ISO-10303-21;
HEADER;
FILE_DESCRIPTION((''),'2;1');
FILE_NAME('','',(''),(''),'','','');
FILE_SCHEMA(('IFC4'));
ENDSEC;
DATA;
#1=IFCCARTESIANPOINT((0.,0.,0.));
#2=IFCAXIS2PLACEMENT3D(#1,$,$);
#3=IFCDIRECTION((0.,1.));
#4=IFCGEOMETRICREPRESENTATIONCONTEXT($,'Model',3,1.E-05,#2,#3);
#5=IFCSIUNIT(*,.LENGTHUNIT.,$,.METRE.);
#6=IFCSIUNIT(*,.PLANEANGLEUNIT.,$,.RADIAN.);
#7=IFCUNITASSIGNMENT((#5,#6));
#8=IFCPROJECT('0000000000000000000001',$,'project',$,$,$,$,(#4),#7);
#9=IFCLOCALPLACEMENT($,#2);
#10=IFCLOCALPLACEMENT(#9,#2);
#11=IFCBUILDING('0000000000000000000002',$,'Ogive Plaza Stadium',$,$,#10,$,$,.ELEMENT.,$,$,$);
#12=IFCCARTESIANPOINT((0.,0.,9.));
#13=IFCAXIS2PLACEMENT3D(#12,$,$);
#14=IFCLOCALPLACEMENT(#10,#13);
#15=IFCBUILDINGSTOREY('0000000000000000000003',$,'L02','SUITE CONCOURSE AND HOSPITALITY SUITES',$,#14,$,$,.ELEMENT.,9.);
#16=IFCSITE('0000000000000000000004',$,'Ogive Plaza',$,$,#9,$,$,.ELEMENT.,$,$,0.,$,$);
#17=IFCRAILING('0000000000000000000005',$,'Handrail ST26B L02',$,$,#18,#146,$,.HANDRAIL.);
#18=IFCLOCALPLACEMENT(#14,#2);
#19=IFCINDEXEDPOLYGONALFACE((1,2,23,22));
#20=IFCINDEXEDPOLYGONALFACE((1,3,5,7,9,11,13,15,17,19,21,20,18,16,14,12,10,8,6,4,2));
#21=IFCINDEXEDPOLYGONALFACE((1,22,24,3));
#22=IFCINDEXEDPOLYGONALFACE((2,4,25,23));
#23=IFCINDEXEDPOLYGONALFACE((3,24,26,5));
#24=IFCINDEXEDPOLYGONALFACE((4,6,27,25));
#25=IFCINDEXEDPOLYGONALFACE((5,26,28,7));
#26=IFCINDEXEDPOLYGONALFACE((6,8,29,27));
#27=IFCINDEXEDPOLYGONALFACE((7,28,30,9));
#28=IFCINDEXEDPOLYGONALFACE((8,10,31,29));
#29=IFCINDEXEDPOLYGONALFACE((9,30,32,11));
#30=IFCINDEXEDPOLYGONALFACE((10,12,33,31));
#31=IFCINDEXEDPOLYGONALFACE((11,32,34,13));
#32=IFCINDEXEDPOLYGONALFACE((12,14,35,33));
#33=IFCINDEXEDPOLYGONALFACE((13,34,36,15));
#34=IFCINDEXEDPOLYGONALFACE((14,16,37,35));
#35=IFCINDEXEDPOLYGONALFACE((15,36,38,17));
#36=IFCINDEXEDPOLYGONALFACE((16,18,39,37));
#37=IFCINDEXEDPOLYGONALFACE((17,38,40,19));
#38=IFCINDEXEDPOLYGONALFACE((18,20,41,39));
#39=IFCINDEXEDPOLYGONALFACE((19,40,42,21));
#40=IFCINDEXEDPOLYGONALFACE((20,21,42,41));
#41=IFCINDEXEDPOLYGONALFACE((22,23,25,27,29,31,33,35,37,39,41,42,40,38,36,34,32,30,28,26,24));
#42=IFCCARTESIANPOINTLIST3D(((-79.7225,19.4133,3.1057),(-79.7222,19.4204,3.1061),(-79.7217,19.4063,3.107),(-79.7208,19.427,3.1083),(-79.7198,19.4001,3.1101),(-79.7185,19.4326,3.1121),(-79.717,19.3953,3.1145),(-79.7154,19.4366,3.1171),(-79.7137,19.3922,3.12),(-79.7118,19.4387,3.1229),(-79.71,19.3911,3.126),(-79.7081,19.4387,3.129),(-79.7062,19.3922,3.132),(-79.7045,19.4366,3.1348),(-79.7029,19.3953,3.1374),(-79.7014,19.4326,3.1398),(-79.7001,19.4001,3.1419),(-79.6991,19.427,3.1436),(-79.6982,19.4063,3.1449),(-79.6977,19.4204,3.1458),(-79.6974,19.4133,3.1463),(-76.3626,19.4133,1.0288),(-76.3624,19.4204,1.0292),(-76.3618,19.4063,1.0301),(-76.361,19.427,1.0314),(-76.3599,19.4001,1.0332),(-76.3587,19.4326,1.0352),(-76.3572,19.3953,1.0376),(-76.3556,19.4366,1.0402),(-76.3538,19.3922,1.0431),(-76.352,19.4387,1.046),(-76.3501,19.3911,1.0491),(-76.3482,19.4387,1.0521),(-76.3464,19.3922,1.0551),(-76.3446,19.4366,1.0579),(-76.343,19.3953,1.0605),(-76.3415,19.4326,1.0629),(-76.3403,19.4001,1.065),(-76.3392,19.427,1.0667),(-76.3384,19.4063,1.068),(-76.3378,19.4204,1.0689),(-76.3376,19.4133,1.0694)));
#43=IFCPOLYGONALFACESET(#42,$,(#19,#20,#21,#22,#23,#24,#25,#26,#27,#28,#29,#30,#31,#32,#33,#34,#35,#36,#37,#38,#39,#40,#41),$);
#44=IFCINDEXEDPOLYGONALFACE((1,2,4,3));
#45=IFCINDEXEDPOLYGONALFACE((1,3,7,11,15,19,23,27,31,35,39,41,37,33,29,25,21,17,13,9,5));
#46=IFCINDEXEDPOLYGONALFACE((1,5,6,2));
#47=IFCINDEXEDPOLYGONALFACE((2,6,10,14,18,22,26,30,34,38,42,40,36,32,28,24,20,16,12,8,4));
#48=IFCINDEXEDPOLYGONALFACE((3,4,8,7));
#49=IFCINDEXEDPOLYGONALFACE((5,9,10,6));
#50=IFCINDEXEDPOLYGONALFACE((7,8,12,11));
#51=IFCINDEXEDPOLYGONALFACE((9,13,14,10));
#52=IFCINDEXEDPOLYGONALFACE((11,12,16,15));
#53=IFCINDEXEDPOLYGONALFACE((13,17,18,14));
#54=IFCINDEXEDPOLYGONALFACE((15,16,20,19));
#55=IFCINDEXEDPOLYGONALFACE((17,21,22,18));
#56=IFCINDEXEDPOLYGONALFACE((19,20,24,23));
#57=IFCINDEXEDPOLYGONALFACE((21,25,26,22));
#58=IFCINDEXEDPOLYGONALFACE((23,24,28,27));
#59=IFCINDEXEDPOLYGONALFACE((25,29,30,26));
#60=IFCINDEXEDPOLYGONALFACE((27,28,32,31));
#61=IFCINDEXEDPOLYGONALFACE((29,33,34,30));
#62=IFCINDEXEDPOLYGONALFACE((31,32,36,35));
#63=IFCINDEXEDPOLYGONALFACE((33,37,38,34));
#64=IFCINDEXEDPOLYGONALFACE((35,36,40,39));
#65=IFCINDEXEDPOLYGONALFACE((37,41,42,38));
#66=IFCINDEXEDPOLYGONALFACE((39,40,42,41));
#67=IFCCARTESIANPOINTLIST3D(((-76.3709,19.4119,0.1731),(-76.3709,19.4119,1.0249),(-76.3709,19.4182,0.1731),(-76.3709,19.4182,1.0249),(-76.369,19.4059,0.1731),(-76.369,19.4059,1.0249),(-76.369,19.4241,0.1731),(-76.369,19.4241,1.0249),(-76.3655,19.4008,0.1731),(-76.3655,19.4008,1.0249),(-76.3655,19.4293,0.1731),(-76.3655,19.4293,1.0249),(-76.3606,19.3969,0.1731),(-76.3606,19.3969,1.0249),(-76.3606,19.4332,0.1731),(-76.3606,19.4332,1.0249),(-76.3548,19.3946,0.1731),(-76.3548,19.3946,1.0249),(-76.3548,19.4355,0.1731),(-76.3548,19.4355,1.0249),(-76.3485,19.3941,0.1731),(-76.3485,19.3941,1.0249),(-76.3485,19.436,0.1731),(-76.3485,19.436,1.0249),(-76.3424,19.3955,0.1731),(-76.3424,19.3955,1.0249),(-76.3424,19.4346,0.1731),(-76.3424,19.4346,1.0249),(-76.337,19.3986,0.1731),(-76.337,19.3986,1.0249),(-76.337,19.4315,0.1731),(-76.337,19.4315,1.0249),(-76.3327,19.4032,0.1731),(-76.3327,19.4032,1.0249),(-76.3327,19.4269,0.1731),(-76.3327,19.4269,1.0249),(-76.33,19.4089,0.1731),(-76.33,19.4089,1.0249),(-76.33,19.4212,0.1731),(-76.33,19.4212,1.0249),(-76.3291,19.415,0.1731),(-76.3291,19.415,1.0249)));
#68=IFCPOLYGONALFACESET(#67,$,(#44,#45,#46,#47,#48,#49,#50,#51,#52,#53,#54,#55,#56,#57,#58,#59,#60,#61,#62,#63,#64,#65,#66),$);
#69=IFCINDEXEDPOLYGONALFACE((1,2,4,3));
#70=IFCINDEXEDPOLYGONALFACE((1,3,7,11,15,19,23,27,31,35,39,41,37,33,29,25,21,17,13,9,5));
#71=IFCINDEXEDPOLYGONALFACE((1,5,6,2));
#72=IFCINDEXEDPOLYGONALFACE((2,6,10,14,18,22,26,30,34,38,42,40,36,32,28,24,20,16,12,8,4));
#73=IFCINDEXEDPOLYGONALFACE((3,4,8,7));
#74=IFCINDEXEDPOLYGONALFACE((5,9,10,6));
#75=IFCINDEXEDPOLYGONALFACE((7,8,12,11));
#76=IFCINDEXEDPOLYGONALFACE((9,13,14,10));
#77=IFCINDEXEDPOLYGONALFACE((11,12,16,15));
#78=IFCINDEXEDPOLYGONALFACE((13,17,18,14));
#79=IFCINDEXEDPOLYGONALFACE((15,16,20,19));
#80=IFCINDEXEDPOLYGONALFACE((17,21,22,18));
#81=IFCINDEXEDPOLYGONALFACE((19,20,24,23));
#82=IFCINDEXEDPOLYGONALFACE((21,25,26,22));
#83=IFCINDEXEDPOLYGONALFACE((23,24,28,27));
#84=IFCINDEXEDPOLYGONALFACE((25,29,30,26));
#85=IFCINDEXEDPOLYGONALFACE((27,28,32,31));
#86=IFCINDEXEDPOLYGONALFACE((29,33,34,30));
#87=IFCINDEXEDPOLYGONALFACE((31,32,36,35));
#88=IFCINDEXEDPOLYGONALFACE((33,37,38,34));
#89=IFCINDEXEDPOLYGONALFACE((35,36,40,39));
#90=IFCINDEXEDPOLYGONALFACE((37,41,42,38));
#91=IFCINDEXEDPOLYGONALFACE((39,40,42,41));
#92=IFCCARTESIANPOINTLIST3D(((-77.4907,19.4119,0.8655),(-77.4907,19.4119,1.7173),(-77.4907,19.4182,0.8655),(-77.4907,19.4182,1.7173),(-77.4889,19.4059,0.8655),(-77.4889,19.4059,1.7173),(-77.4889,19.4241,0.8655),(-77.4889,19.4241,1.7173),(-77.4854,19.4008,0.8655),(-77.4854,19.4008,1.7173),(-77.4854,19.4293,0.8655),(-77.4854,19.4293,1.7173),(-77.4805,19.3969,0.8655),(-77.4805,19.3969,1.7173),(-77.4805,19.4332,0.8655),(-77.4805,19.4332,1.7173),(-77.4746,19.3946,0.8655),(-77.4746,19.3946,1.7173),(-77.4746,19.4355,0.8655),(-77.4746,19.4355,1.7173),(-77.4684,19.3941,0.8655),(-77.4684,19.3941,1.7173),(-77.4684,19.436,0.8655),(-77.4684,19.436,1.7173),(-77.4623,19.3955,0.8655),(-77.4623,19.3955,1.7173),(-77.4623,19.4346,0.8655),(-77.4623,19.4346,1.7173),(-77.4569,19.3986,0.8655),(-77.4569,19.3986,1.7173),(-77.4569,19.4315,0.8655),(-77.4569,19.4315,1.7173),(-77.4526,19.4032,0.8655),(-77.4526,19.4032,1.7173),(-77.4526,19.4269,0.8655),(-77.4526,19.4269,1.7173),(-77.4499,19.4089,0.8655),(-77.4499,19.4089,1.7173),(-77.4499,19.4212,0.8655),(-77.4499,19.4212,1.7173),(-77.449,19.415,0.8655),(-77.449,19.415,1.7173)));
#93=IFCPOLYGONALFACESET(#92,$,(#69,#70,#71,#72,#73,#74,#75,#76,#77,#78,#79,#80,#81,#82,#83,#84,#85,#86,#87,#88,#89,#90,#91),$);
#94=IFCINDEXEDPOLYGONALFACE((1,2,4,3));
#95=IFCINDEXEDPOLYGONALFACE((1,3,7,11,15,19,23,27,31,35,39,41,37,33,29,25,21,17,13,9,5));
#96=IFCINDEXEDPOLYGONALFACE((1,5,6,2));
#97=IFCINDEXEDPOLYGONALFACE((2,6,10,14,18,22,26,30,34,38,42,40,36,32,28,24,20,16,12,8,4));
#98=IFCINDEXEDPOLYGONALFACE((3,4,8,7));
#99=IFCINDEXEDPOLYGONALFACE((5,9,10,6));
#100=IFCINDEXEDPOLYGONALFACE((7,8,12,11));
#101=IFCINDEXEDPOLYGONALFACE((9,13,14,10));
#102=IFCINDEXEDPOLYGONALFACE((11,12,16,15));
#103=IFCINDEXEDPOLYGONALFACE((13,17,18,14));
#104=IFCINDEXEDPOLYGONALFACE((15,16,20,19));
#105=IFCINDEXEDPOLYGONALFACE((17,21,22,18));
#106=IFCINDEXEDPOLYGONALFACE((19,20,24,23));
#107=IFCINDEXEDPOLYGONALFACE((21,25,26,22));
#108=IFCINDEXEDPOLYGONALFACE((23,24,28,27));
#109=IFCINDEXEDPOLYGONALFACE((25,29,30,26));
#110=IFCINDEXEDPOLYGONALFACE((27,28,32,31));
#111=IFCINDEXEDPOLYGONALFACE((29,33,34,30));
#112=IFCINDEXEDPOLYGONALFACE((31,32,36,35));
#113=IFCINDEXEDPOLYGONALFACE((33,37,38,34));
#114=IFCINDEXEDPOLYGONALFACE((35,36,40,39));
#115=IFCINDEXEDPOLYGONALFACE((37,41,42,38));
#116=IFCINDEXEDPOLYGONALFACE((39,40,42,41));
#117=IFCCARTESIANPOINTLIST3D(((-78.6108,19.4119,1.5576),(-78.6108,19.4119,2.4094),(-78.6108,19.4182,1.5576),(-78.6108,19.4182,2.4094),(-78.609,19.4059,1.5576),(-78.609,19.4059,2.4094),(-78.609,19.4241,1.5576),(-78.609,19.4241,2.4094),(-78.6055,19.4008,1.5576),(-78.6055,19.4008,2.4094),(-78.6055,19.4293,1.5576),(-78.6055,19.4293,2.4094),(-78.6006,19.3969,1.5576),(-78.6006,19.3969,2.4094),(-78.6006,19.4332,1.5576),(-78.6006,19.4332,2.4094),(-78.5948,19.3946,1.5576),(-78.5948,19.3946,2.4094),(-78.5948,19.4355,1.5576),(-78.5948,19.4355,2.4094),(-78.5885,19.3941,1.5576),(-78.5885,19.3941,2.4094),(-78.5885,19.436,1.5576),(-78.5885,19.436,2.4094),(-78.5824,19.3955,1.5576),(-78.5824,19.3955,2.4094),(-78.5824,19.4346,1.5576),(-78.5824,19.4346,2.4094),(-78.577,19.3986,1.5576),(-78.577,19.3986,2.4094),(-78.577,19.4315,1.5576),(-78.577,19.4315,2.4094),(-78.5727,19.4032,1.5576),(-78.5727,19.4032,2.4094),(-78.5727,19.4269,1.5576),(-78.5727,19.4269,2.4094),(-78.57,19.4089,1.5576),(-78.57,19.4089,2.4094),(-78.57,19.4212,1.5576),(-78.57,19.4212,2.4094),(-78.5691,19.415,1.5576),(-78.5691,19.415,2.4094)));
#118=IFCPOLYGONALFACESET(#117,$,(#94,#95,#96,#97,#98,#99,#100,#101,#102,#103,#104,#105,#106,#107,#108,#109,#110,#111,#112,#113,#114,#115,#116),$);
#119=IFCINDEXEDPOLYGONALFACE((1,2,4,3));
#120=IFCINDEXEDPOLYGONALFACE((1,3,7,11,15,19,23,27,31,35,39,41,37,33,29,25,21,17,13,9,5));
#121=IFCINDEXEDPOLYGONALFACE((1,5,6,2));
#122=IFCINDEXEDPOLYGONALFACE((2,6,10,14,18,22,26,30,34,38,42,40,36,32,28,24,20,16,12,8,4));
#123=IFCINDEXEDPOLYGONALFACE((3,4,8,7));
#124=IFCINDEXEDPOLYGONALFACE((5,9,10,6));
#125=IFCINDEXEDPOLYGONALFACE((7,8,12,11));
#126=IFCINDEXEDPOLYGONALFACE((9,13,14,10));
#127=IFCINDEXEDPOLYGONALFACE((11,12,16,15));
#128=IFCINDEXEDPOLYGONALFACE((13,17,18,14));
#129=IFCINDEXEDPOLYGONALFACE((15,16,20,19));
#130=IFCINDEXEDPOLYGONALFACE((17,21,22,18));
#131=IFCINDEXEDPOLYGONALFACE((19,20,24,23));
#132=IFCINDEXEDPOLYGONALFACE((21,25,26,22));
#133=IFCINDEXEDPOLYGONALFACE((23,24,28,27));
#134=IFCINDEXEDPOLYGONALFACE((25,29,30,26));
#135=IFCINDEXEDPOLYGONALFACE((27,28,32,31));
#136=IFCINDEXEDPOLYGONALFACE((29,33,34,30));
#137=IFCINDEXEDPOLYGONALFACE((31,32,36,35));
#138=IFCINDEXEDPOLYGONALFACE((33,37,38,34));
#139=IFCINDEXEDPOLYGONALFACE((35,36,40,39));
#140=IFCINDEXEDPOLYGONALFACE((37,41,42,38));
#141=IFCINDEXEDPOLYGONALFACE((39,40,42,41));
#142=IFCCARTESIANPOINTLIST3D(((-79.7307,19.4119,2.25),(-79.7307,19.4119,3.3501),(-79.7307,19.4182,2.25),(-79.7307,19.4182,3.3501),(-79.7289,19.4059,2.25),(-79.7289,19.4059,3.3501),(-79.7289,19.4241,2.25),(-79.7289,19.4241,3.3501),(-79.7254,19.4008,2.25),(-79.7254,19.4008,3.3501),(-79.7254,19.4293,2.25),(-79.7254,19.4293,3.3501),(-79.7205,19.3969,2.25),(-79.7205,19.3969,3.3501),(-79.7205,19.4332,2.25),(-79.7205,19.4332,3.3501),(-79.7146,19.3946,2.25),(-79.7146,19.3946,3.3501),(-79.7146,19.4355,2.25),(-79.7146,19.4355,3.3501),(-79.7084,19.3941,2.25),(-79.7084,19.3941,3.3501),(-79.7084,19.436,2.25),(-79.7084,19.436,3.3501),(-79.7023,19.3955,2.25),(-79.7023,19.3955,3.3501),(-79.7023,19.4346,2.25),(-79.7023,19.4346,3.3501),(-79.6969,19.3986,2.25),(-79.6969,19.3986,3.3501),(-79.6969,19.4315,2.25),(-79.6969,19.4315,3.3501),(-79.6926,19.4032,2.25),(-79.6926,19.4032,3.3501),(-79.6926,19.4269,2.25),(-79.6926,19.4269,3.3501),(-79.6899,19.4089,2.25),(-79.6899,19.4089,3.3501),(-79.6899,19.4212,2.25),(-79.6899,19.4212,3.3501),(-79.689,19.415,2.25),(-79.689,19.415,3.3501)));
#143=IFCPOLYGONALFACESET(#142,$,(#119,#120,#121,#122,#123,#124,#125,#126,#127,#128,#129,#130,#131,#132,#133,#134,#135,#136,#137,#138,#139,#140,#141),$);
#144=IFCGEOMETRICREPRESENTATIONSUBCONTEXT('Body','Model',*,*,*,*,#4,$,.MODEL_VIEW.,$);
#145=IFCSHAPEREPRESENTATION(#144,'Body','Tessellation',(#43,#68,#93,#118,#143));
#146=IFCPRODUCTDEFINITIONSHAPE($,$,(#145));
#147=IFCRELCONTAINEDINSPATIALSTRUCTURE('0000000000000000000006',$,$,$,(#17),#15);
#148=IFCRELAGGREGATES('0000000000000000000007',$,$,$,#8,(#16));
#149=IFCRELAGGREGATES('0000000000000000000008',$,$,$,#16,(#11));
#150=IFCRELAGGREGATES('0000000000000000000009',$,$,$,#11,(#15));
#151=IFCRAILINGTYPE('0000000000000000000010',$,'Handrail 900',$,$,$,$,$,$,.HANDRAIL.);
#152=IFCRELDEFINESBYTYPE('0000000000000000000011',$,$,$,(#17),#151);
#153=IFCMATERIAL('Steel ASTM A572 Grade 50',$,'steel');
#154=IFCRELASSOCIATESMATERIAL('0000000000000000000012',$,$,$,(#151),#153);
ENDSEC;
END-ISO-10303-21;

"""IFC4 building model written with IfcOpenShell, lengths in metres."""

from ifc_helpers import new_model, si_unit, direction, frame, origin, origin_2d, place, context, subcontext, project, spatial, circle, extrude, material, type_object, element, save


model = new_model("IFC4")

# Units and contexts
model_context = context("Model", 3, precision=1e-05, world=origin(), true_north=direction((0.0, 1.0)))
body_context = subcontext(model_context, "Body", "Model", "MODEL_VIEW")
ifc_project = project(units=[si_unit("LENGTHUNIT", "METRE"), si_unit("PLANEANGLEUNIT", "RADIAN")], contexts=[model_context])

# Site, building, storey
site_placement = place(None, origin())
site = spatial("IfcSite", under=ifc_project, at=site_placement, Name="Ogive Plaza", CompositionType="ELEMENT", RefElevation=0.0)
building_placement = place(site_placement, origin())
building = spatial("IfcBuilding", under=site, at=building_placement, Name="Ogive Plaza Stadium", CompositionType="ELEMENT")
storey_placement = place(building_placement, frame((0.0, 0.0, 9.0)))
storey = spatial("IfcBuildingStorey", under=building, at=storey_placement, Name="L02", Description="SUITE CONCOURSE AND HOSPITALITY SUITES", CompositionType="ELEMENT", Elevation=9.0)

# Railing
ifc_material_1 = material(Name="Steel ASTM A572 Grade 50", Category="steel")
railing_type_1 = type_object("IfcRailingType", Name="Handrail 900", PredefinedType="HANDRAIL", material=ifc_material_1)
railing_1_placement = place(storey_placement, frame((-76.3501, 19.415, 0.1731)))
element("IfcRailing", 1, at=railing_1_placement, inside=storey, type_object=railing_type_1, Name="Handrail ST26B L02", PredefinedType="HANDRAIL", context=body_context, shape_type="SweptSolid", body=[
    extrude(circle(Radius=0.0239, at=origin_2d()), frame((0.0, 0.0, 0.876), z_axis=(-0.850606, 0.0, 0.525803), x_axis=(0.0, -1.0, 0.0)), (0.0, 0.0, 1.0), 3.95),
    extrude(circle(Radius=0.021, at=origin_2d()), origin(), (0.0, 0.0, 1.0), 0.8518),
    extrude(circle(Radius=0.021, at=origin_2d()), frame((-1.1199, 0.0, 0.6924)), (0.0, 0.0, 1.0), 0.8518),
    extrude(circle(Radius=0.021, at=origin_2d()), frame((-2.24, 0.0, 1.3845)), (0.0, 0.0, 1.0), 0.8518),
    extrude(circle(Radius=0.021, at=origin_2d()), frame((-3.3599, 0.0, 2.0769)), (0.0, 0.0, 1.0), 1.1001),
])

save(model, "model.ifc")
